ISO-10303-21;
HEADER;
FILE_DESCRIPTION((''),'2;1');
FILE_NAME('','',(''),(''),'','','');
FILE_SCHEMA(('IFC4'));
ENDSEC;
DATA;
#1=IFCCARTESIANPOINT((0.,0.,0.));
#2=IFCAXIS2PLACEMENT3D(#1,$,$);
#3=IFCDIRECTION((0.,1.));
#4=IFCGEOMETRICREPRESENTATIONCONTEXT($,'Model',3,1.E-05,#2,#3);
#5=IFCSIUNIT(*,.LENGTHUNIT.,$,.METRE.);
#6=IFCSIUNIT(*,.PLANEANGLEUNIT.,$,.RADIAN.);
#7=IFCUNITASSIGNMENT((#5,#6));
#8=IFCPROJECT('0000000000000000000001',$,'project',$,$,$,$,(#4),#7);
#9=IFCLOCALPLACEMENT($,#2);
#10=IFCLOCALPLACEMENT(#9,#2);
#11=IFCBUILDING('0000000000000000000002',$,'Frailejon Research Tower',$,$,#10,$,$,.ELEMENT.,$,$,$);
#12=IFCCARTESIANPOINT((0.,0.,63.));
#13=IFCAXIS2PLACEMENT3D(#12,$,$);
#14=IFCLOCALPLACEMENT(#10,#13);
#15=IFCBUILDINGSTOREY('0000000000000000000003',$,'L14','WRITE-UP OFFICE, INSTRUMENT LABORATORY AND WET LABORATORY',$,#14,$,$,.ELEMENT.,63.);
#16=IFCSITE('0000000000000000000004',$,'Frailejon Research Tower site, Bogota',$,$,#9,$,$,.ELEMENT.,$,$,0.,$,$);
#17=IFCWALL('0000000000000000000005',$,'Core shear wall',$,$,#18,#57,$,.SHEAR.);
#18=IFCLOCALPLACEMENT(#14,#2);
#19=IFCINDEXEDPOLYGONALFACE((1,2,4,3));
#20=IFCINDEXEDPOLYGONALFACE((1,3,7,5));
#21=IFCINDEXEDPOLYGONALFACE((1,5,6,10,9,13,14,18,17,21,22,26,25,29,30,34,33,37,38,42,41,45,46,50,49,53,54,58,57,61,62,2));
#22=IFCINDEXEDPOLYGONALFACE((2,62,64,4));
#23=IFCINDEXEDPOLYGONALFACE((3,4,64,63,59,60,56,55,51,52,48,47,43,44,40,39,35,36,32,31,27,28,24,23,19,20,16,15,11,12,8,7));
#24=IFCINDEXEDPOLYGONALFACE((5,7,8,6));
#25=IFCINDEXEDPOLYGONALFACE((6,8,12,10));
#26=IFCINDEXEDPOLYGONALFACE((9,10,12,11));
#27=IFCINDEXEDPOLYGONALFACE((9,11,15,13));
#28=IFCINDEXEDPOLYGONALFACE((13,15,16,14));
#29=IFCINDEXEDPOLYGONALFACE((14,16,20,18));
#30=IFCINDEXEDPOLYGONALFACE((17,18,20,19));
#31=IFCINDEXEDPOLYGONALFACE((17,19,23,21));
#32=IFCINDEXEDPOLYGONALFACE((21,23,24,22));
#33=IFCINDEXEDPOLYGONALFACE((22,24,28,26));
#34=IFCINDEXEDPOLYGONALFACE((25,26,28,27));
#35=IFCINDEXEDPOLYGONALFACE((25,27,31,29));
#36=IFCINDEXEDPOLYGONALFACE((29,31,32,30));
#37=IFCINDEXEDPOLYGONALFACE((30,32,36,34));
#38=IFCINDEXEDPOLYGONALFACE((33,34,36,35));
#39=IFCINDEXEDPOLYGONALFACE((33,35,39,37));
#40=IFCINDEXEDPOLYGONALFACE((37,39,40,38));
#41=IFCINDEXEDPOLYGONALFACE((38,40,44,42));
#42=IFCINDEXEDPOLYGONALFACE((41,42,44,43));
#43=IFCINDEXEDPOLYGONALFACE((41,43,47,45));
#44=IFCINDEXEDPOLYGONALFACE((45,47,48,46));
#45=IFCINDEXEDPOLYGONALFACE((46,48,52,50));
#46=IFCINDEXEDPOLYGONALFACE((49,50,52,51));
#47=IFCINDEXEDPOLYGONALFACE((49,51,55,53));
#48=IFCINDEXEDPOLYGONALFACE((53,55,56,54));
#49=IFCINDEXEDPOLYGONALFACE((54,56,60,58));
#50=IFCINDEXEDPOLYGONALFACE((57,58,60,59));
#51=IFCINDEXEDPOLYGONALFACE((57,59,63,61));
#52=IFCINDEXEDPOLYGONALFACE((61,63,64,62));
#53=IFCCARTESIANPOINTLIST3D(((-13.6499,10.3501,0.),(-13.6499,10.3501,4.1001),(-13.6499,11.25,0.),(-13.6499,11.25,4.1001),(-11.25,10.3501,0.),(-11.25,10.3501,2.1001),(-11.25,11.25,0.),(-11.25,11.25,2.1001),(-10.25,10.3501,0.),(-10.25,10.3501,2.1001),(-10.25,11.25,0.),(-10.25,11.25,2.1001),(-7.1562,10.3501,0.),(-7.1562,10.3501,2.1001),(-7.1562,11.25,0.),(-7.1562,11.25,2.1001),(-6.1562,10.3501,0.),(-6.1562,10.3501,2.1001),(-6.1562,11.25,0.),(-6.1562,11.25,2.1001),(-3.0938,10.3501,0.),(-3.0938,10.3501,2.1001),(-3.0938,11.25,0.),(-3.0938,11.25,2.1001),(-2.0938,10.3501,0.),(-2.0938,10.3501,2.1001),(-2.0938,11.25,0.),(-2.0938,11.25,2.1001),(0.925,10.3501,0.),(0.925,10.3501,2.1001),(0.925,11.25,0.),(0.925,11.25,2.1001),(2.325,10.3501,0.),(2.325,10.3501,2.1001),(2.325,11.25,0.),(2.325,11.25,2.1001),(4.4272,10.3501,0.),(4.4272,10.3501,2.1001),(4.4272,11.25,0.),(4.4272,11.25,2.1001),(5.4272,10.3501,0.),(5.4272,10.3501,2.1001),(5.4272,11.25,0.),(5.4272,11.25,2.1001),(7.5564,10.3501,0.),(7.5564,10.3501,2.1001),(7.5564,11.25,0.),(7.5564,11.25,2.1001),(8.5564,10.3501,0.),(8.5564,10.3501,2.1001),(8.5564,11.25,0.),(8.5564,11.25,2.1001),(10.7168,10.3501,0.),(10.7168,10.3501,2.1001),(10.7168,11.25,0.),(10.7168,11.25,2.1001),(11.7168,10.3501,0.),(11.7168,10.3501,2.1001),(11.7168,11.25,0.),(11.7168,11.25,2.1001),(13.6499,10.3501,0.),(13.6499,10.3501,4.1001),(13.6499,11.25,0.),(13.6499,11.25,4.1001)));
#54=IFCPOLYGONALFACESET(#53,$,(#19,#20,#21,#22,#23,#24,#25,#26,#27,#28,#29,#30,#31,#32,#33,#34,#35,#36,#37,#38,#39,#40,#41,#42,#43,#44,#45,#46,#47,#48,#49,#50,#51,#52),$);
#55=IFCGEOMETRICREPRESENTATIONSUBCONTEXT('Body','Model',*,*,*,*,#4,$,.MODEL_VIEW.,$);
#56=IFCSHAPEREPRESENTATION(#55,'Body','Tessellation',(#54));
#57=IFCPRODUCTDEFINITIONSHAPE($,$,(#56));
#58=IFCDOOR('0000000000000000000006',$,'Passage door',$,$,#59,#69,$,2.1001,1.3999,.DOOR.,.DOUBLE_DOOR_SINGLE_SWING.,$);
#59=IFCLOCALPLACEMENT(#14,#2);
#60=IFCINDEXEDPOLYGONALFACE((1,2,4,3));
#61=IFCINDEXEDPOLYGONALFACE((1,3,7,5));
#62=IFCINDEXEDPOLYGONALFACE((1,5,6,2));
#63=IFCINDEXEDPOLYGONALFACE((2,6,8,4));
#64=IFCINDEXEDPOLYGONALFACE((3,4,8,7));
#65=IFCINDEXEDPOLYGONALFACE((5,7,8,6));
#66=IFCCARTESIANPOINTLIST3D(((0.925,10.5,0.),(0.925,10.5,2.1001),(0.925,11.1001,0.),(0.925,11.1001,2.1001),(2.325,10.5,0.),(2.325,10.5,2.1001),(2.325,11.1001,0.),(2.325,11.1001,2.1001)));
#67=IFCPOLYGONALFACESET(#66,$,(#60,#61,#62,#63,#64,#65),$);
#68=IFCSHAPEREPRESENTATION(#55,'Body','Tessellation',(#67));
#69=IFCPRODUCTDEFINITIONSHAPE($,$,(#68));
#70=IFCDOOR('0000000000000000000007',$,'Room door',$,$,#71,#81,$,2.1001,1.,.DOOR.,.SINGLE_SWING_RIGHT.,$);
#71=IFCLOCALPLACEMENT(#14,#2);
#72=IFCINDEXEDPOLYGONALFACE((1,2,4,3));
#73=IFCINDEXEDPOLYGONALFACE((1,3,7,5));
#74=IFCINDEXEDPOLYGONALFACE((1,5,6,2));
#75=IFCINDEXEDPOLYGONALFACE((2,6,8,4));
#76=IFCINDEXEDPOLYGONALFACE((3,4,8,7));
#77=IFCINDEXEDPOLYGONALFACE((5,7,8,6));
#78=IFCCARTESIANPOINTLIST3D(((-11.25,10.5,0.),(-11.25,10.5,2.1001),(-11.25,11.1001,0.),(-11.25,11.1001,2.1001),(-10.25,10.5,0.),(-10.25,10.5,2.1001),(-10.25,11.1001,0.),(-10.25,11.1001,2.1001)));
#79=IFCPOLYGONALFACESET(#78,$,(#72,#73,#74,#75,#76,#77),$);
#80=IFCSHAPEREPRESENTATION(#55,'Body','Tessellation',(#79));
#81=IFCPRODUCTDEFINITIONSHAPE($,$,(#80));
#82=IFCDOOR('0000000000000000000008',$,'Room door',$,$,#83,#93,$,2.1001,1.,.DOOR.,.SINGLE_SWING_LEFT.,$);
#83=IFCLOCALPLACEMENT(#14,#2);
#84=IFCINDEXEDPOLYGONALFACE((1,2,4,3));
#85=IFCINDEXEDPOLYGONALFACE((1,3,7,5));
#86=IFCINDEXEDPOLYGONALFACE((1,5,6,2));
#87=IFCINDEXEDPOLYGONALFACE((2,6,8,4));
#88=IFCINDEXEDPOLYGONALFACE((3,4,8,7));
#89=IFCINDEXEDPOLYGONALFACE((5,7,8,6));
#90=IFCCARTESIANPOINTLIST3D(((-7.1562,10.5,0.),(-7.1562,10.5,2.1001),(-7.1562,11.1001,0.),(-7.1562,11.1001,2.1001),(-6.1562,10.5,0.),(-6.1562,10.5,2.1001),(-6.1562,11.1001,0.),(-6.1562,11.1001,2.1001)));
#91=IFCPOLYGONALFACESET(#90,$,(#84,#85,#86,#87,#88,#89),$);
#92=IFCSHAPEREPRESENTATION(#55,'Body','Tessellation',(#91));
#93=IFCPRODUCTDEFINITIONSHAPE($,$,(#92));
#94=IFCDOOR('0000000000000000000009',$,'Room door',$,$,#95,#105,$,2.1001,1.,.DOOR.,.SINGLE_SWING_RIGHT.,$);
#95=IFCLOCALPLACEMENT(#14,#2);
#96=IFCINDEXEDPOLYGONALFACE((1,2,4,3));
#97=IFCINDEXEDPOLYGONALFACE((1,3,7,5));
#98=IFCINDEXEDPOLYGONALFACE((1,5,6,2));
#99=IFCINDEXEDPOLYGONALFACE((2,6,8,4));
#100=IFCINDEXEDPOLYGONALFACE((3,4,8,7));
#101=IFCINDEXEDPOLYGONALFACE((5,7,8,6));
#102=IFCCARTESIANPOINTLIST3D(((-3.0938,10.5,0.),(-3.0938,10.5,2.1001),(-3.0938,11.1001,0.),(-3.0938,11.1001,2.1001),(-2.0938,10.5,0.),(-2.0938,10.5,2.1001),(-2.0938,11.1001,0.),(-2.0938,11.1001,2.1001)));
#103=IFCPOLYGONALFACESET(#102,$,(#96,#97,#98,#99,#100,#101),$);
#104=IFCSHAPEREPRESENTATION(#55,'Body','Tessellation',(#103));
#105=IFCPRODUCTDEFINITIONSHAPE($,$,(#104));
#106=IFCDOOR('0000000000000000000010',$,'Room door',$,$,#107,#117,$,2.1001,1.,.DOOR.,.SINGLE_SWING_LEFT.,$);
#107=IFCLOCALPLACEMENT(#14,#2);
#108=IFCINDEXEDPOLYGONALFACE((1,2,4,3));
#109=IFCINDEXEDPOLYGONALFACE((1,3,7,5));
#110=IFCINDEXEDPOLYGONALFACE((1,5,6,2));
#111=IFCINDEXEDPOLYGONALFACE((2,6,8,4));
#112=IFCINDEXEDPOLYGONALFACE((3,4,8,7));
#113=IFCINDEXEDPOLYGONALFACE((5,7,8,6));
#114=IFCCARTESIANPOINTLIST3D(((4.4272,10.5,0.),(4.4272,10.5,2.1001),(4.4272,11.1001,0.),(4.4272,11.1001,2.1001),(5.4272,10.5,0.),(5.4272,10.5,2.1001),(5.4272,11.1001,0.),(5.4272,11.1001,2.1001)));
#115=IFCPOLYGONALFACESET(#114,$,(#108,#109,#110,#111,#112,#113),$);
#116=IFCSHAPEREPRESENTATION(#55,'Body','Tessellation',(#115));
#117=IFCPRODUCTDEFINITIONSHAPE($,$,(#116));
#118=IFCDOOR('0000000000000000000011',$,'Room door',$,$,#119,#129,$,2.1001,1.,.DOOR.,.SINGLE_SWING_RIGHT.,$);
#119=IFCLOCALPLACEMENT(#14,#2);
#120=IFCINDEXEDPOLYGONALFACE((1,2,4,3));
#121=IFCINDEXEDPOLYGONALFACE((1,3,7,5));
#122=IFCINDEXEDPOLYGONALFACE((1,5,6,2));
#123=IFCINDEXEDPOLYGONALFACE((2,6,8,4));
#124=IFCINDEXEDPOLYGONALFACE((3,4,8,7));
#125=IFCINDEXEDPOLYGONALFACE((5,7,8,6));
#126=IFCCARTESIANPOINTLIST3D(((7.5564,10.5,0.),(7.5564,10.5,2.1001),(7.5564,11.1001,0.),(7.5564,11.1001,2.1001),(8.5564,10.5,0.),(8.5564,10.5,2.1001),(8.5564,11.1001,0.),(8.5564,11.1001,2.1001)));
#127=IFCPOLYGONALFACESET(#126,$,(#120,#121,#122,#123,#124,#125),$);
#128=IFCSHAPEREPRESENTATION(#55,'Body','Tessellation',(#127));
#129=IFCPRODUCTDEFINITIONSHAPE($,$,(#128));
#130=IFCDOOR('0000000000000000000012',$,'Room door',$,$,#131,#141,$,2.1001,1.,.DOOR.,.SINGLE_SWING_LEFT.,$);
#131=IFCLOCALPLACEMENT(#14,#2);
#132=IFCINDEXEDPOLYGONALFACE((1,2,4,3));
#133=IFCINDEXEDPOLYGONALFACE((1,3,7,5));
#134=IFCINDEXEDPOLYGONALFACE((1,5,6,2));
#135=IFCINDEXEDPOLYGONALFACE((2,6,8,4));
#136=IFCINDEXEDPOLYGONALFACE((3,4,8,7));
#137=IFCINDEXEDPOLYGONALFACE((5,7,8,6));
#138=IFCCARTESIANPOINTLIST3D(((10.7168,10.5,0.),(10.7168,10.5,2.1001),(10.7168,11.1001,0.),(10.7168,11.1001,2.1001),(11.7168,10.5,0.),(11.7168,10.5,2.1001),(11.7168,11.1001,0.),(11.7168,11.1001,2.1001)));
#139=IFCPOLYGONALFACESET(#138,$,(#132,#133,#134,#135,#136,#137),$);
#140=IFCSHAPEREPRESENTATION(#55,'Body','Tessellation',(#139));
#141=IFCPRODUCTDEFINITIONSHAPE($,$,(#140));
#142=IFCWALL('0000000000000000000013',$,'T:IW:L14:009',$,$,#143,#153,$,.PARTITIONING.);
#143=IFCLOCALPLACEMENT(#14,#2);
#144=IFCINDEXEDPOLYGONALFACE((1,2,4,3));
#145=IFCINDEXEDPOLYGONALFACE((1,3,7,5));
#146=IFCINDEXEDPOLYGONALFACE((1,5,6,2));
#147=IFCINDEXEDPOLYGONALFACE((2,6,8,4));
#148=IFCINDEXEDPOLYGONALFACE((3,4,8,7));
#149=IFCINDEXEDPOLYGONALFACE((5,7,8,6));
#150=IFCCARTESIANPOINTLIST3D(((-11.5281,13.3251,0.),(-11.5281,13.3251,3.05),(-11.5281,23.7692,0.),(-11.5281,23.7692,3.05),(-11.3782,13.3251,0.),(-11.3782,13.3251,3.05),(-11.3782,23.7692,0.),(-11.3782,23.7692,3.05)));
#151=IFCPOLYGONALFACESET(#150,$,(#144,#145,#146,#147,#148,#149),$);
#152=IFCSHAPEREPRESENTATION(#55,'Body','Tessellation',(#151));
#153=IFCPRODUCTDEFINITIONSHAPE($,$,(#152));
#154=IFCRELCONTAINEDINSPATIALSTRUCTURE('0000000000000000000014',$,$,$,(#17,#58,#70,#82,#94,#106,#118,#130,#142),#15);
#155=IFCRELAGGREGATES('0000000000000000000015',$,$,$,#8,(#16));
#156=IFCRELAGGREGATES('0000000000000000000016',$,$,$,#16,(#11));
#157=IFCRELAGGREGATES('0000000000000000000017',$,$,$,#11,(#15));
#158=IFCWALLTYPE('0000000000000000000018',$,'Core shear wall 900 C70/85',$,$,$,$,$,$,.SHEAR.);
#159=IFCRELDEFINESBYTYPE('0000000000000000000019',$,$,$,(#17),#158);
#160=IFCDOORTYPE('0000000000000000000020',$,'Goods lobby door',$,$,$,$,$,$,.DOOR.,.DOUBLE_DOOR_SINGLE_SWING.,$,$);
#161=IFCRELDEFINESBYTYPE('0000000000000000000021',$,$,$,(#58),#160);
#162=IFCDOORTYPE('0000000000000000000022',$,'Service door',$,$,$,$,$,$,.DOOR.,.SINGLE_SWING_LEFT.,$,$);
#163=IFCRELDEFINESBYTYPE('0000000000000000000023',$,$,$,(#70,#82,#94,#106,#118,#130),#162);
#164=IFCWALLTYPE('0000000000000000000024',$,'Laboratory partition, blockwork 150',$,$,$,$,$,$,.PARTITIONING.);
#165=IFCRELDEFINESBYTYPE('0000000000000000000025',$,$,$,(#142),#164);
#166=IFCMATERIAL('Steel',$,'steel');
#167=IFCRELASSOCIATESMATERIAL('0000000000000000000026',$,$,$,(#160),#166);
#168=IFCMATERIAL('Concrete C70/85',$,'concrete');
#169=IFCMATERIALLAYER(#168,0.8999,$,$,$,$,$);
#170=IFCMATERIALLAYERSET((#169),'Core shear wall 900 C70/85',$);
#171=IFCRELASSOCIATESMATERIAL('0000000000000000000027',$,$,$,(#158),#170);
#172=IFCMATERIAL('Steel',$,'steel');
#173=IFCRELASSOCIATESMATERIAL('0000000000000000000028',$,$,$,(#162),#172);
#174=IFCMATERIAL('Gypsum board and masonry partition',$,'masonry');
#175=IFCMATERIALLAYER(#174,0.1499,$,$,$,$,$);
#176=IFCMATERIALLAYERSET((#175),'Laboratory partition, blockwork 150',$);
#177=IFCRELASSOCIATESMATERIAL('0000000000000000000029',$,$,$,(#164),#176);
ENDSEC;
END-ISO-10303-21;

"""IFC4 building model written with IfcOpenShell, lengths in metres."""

from ifc_helpers import new_model, si_unit, direction, frame, frame_2d, origin, place, context, subcontext, project, spatial, rectangle, extrude, material, layer, layer_set, type_object, element, fill, save


model = new_model("IFC4")

# Units and contexts
model_context = context("Model", 3, precision=1e-05, world=origin(), true_north=direction((0.0, 1.0)))
body_context = subcontext(model_context, "Body", "Model", "MODEL_VIEW")
ifc_project = project(units=[si_unit("LENGTHUNIT", "METRE"), si_unit("PLANEANGLEUNIT", "RADIAN")], contexts=[model_context])

# Site, building, storey
site_placement = place(None, origin())
site = spatial("IfcSite", under=ifc_project, at=site_placement, Name="Frailejon Research Tower site, Bogota", CompositionType="ELEMENT", RefElevation=0.0)
building_placement = place(site_placement, origin())
building = spatial("IfcBuilding", under=site, at=building_placement, Name="Frailejon Research Tower", CompositionType="ELEMENT")
storey_placement = place(building_placement, frame((0.0, 0.0, 63.0)))
storey = spatial("IfcBuildingStorey", under=building, at=storey_placement, Name="L14", Description="WRITE-UP OFFICE, INSTRUMENT LABORATORY AND WET LABORATORY", CompositionType="ELEMENT", Elevation=63.0)

# Shared definitions
ifc_material_1 = material(Name="Steel", Category="steel")
door_type_1 = type_object("IfcDoorType", Name="Goods lobby door", OperationType="DOUBLE_DOOR_SINGLE_SWING", PredefinedType="DOOR", material=ifc_material_1)

# Wall, openings, doors
ifc_material_2 = material(Name="Concrete C70/85", Category="concrete")
ifc_layer_1 = layer(ifc_material_2, 0.8999)
ifc_layer_set_1 = layer_set([ifc_layer_1], Name="Core shear wall 900 C70/85")
wall_type_1 = type_object("IfcWallType", Name="Core shear wall 900 C70/85", PredefinedType="SHEAR", material=ifc_layer_set_1)
wall_1_placement = place(storey_placement, frame((-13.6499, 10.8, 0.0), z_axis=(0.0, 0.0, 1.0), x_axis=(1.0, 0.0, 0.0)))
wall_1 = element("IfcWall", 1, at=wall_1_placement, inside=storey, type_object=wall_type_1, Name="Core shear wall", PredefinedType="SHEAR", context=body_context, shape_type="SweptSolid", body=[
    extrude(rectangle(XDim=27.2998, YDim=0.8999, at=frame_2d((13.6499, 0.0))), origin(), (0.0, 0.0, 1.0), 4.1001),
])
opening_1_placement = place(wall_1_placement, frame((2.3999, 0.0, 0.0)))
opening_1 = element("IfcOpeningElement", 2, at=opening_1_placement, cuts=wall_1, PredefinedType="OPENING", context=body_context, shape_type="SweptSolid", body=[
    extrude(rectangle(XDim=1.0, YDim=2.1001, at=frame_2d((0.5, 1.05))), frame((0.0, 0.46, 0.0), z_axis=(0.0, -1.0, 0.0), x_axis=(1.0, 0.0, 0.0)), (0.0, 0.0, 1.0), 0.9199),
])
opening_2_placement = place(wall_1_placement, frame((6.4937, 0.0, 0.0)))
opening_2 = element("IfcOpeningElement", 3, at=opening_2_placement, cuts=wall_1, PredefinedType="OPENING", context=body_context, shape_type="SweptSolid", body=[
    extrude(rectangle(XDim=1.0, YDim=2.1001, at=frame_2d((0.5, 1.05))), frame((0.0, 0.46, 0.0), z_axis=(0.0, -1.0, 0.0), x_axis=(1.0, 0.0, 0.0)), (0.0, 0.0, 1.0), 0.9199),
])
opening_3_placement = place(wall_1_placement, frame((10.5562, 0.0, 0.0)))
opening_3 = element("IfcOpeningElement", 4, at=opening_3_placement, cuts=wall_1, PredefinedType="OPENING", context=body_context, shape_type="SweptSolid", body=[
    extrude(rectangle(XDim=1.0, YDim=2.1001, at=frame_2d((0.5, 1.05))), frame((0.0, 0.46, 0.0), z_axis=(0.0, -1.0, 0.0), x_axis=(1.0, 0.0, 0.0)), (0.0, 0.0, 1.0), 0.9199),
])
opening_4_placement = place(wall_1_placement, frame((18.0771, 0.0, 0.0)))
opening_4 = element("IfcOpeningElement", 5, at=opening_4_placement, cuts=wall_1, PredefinedType="OPENING", context=body_context, shape_type="SweptSolid", body=[
    extrude(rectangle(XDim=1.0, YDim=2.1001, at=frame_2d((0.5, 1.05))), frame((0.0, 0.46, 0.0), z_axis=(0.0, -1.0, 0.0), x_axis=(1.0, 0.0, 0.0)), (0.0, 0.0, 1.0), 0.9199),
])
opening_5_placement = place(wall_1_placement, frame((21.2063, 0.0, 0.0)))
opening_5 = element("IfcOpeningElement", 6, at=opening_5_placement, cuts=wall_1, PredefinedType="OPENING", context=body_context, shape_type="SweptSolid", body=[
    extrude(rectangle(XDim=1.0, YDim=2.1001, at=frame_2d((0.5, 1.05))), frame((0.0, 0.46, 0.0), z_axis=(0.0, -1.0, 0.0), x_axis=(1.0, 0.0, 0.0)), (0.0, 0.0, 1.0), 0.9199),
])
opening_6_placement = place(wall_1_placement, frame((24.3667, 0.0, 0.0)))
opening_6 = element("IfcOpeningElement", 7, at=opening_6_placement, cuts=wall_1, PredefinedType="OPENING", context=body_context, shape_type="SweptSolid", body=[
    extrude(rectangle(XDim=1.0, YDim=2.1001, at=frame_2d((0.5, 1.05))), frame((0.0, 0.46, 0.0), z_axis=(0.0, -1.0, 0.0), x_axis=(1.0, 0.0, 0.0)), (0.0, 0.0, 1.0), 0.9199),
])
opening_7_placement = place(wall_1_placement, frame((14.575, 0.0, 0.0)))
opening_7 = element("IfcOpeningElement", 8, at=opening_7_placement, cuts=wall_1, PredefinedType="OPENING", context=body_context, shape_type="SweptSolid", body=[
    extrude(rectangle(XDim=1.3999, YDim=2.1001, at=frame_2d((0.7, 1.05))), frame((0.0, 0.46, 0.0), z_axis=(0.0, -1.0, 0.0), x_axis=(1.0, 0.0, 0.0)), (0.0, 0.0, 1.0), 0.9199),
])
door_1_placement = place(opening_7_placement, origin())
door_1 = element("IfcDoor", 9, at=door_1_placement, inside=storey, type_object=door_type_1, Name="Passage door", OperationType="DOUBLE_DOOR_SINGLE_SWING", OverallHeight=2.1001, OverallWidth=1.3999, PredefinedType="DOOR", context=body_context, shape_type="SweptSolid", body=[
    extrude(rectangle(XDim=1.3999, YDim=2.1001, at=frame_2d((0.7, 1.05))), frame((0.0, 0.3, 0.0), z_axis=(0.0, -1.0, 0.0), x_axis=(1.0, 0.0, 0.0)), (0.0, 0.0, 1.0), 0.6001),
])
fill(opening_7, door_1)
ifc_material_3 = material(Name="Steel", Category="steel")
door_type_2 = type_object("IfcDoorType", Name="Service door", OperationType="SINGLE_SWING_LEFT", PredefinedType="DOOR", material=ifc_material_3)
door_2_placement = place(opening_1_placement, origin())
door_2 = element("IfcDoor", 10, at=door_2_placement, inside=storey, type_object=door_type_2, Name="Room door", OperationType="SINGLE_SWING_RIGHT", OverallHeight=2.1001, OverallWidth=1.0, PredefinedType="DOOR", context=body_context, shape_type="SweptSolid", body=[
    extrude(rectangle(XDim=1.0, YDim=2.1001, at=frame_2d((0.5, 1.05))), frame((0.0, 0.3, 0.0), z_axis=(0.0, -1.0, 0.0), x_axis=(1.0, 0.0, 0.0)), (0.0, 0.0, 1.0), 0.6001),
])
fill(opening_1, door_2)
door_3_placement = place(opening_2_placement, origin())
door_3 = element("IfcDoor", 11, at=door_3_placement, inside=storey, type_object=door_type_2, Name="Room door", OperationType="SINGLE_SWING_LEFT", OverallHeight=2.1001, OverallWidth=1.0, PredefinedType="DOOR", context=body_context, shape_type="SweptSolid", body=[
    extrude(rectangle(XDim=1.0, YDim=2.1001, at=frame_2d((0.5, 1.05))), frame((0.0, 0.3, 0.0), z_axis=(0.0, -1.0, 0.0), x_axis=(1.0, 0.0, 0.0)), (0.0, 0.0, 1.0), 0.6001),
])
fill(opening_2, door_3)
door_4_placement = place(opening_3_placement, origin())
door_4 = element("IfcDoor", 12, at=door_4_placement, inside=storey, type_object=door_type_2, Name="Room door", OperationType="SINGLE_SWING_RIGHT", OverallHeight=2.1001, OverallWidth=1.0, PredefinedType="DOOR", context=body_context, shape_type="SweptSolid", body=[
    extrude(rectangle(XDim=1.0, YDim=2.1001, at=frame_2d((0.5, 1.05))), frame((0.0, 0.3, 0.0), z_axis=(0.0, -1.0, 0.0), x_axis=(1.0, 0.0, 0.0)), (0.0, 0.0, 1.0), 0.6001),
])
fill(opening_3, door_4)
door_5_placement = place(opening_4_placement, origin())
door_5 = element("IfcDoor", 13, at=door_5_placement, inside=storey, type_object=door_type_2, Name="Room door", OperationType="SINGLE_SWING_LEFT", OverallHeight=2.1001, OverallWidth=1.0, PredefinedType="DOOR", context=body_context, shape_type="SweptSolid", body=[
    extrude(rectangle(XDim=1.0, YDim=2.1001, at=frame_2d((0.5, 1.05))), frame((0.0, 0.3, 0.0), z_axis=(0.0, -1.0, 0.0), x_axis=(1.0, 0.0, 0.0)), (0.0, 0.0, 1.0), 0.6001),
])
fill(opening_4, door_5)
door_6_placement = place(opening_5_placement, origin())
door_6 = element("IfcDoor", 14, at=door_6_placement, inside=storey, type_object=door_type_2, Name="Room door", OperationType="SINGLE_SWING_RIGHT", OverallHeight=2.1001, OverallWidth=1.0, PredefinedType="DOOR", context=body_context, shape_type="SweptSolid", body=[
    extrude(rectangle(XDim=1.0, YDim=2.1001, at=frame_2d((0.5, 1.05))), frame((0.0, 0.3, 0.0), z_axis=(0.0, -1.0, 0.0), x_axis=(1.0, 0.0, 0.0)), (0.0, 0.0, 1.0), 0.6001),
])
fill(opening_5, door_6)
door_7_placement = place(opening_6_placement, origin())
door_7 = element("IfcDoor", 15, at=door_7_placement, inside=storey, type_object=door_type_2, Name="Room door", OperationType="SINGLE_SWING_LEFT", OverallHeight=2.1001, OverallWidth=1.0, PredefinedType="DOOR", context=body_context, shape_type="SweptSolid", body=[
    extrude(rectangle(XDim=1.0, YDim=2.1001, at=frame_2d((0.5, 1.05))), frame((0.0, 0.3, 0.0), z_axis=(0.0, -1.0, 0.0), x_axis=(1.0, 0.0, 0.0)), (0.0, 0.0, 1.0), 0.6001),
])
fill(opening_6, door_7)

# Wall
ifc_material_4 = material(Name="Gypsum board and masonry partition", Category="masonry")
ifc_layer_2 = layer(ifc_material_4, 0.1499)
ifc_layer_set_2 = layer_set([ifc_layer_2], Name="Laboratory partition, blockwork 150")
wall_type_2 = type_object("IfcWallType", Name="Laboratory partition, blockwork 150", PredefinedType="PARTITIONING", material=ifc_layer_set_2)
wall_2_placement = place(storey_placement, frame((-11.4531, 13.325, 0.0), z_axis=(0.0, 0.0, 1.0), x_axis=(0.0, 1.0, 0.0)))
element("IfcWall", 16, at=wall_2_placement, inside=storey, type_object=wall_type_2, Name="T:IW:L14:009", PredefinedType="PARTITIONING", context=body_context, shape_type="SweptSolid", body=[
    extrude(rectangle(XDim=10.4441, YDim=0.1499, at=frame_2d((5.2222, 0.0))), origin(), (0.0, 0.0, 1.0), 3.05),
])

save(model, "model.ifc")
